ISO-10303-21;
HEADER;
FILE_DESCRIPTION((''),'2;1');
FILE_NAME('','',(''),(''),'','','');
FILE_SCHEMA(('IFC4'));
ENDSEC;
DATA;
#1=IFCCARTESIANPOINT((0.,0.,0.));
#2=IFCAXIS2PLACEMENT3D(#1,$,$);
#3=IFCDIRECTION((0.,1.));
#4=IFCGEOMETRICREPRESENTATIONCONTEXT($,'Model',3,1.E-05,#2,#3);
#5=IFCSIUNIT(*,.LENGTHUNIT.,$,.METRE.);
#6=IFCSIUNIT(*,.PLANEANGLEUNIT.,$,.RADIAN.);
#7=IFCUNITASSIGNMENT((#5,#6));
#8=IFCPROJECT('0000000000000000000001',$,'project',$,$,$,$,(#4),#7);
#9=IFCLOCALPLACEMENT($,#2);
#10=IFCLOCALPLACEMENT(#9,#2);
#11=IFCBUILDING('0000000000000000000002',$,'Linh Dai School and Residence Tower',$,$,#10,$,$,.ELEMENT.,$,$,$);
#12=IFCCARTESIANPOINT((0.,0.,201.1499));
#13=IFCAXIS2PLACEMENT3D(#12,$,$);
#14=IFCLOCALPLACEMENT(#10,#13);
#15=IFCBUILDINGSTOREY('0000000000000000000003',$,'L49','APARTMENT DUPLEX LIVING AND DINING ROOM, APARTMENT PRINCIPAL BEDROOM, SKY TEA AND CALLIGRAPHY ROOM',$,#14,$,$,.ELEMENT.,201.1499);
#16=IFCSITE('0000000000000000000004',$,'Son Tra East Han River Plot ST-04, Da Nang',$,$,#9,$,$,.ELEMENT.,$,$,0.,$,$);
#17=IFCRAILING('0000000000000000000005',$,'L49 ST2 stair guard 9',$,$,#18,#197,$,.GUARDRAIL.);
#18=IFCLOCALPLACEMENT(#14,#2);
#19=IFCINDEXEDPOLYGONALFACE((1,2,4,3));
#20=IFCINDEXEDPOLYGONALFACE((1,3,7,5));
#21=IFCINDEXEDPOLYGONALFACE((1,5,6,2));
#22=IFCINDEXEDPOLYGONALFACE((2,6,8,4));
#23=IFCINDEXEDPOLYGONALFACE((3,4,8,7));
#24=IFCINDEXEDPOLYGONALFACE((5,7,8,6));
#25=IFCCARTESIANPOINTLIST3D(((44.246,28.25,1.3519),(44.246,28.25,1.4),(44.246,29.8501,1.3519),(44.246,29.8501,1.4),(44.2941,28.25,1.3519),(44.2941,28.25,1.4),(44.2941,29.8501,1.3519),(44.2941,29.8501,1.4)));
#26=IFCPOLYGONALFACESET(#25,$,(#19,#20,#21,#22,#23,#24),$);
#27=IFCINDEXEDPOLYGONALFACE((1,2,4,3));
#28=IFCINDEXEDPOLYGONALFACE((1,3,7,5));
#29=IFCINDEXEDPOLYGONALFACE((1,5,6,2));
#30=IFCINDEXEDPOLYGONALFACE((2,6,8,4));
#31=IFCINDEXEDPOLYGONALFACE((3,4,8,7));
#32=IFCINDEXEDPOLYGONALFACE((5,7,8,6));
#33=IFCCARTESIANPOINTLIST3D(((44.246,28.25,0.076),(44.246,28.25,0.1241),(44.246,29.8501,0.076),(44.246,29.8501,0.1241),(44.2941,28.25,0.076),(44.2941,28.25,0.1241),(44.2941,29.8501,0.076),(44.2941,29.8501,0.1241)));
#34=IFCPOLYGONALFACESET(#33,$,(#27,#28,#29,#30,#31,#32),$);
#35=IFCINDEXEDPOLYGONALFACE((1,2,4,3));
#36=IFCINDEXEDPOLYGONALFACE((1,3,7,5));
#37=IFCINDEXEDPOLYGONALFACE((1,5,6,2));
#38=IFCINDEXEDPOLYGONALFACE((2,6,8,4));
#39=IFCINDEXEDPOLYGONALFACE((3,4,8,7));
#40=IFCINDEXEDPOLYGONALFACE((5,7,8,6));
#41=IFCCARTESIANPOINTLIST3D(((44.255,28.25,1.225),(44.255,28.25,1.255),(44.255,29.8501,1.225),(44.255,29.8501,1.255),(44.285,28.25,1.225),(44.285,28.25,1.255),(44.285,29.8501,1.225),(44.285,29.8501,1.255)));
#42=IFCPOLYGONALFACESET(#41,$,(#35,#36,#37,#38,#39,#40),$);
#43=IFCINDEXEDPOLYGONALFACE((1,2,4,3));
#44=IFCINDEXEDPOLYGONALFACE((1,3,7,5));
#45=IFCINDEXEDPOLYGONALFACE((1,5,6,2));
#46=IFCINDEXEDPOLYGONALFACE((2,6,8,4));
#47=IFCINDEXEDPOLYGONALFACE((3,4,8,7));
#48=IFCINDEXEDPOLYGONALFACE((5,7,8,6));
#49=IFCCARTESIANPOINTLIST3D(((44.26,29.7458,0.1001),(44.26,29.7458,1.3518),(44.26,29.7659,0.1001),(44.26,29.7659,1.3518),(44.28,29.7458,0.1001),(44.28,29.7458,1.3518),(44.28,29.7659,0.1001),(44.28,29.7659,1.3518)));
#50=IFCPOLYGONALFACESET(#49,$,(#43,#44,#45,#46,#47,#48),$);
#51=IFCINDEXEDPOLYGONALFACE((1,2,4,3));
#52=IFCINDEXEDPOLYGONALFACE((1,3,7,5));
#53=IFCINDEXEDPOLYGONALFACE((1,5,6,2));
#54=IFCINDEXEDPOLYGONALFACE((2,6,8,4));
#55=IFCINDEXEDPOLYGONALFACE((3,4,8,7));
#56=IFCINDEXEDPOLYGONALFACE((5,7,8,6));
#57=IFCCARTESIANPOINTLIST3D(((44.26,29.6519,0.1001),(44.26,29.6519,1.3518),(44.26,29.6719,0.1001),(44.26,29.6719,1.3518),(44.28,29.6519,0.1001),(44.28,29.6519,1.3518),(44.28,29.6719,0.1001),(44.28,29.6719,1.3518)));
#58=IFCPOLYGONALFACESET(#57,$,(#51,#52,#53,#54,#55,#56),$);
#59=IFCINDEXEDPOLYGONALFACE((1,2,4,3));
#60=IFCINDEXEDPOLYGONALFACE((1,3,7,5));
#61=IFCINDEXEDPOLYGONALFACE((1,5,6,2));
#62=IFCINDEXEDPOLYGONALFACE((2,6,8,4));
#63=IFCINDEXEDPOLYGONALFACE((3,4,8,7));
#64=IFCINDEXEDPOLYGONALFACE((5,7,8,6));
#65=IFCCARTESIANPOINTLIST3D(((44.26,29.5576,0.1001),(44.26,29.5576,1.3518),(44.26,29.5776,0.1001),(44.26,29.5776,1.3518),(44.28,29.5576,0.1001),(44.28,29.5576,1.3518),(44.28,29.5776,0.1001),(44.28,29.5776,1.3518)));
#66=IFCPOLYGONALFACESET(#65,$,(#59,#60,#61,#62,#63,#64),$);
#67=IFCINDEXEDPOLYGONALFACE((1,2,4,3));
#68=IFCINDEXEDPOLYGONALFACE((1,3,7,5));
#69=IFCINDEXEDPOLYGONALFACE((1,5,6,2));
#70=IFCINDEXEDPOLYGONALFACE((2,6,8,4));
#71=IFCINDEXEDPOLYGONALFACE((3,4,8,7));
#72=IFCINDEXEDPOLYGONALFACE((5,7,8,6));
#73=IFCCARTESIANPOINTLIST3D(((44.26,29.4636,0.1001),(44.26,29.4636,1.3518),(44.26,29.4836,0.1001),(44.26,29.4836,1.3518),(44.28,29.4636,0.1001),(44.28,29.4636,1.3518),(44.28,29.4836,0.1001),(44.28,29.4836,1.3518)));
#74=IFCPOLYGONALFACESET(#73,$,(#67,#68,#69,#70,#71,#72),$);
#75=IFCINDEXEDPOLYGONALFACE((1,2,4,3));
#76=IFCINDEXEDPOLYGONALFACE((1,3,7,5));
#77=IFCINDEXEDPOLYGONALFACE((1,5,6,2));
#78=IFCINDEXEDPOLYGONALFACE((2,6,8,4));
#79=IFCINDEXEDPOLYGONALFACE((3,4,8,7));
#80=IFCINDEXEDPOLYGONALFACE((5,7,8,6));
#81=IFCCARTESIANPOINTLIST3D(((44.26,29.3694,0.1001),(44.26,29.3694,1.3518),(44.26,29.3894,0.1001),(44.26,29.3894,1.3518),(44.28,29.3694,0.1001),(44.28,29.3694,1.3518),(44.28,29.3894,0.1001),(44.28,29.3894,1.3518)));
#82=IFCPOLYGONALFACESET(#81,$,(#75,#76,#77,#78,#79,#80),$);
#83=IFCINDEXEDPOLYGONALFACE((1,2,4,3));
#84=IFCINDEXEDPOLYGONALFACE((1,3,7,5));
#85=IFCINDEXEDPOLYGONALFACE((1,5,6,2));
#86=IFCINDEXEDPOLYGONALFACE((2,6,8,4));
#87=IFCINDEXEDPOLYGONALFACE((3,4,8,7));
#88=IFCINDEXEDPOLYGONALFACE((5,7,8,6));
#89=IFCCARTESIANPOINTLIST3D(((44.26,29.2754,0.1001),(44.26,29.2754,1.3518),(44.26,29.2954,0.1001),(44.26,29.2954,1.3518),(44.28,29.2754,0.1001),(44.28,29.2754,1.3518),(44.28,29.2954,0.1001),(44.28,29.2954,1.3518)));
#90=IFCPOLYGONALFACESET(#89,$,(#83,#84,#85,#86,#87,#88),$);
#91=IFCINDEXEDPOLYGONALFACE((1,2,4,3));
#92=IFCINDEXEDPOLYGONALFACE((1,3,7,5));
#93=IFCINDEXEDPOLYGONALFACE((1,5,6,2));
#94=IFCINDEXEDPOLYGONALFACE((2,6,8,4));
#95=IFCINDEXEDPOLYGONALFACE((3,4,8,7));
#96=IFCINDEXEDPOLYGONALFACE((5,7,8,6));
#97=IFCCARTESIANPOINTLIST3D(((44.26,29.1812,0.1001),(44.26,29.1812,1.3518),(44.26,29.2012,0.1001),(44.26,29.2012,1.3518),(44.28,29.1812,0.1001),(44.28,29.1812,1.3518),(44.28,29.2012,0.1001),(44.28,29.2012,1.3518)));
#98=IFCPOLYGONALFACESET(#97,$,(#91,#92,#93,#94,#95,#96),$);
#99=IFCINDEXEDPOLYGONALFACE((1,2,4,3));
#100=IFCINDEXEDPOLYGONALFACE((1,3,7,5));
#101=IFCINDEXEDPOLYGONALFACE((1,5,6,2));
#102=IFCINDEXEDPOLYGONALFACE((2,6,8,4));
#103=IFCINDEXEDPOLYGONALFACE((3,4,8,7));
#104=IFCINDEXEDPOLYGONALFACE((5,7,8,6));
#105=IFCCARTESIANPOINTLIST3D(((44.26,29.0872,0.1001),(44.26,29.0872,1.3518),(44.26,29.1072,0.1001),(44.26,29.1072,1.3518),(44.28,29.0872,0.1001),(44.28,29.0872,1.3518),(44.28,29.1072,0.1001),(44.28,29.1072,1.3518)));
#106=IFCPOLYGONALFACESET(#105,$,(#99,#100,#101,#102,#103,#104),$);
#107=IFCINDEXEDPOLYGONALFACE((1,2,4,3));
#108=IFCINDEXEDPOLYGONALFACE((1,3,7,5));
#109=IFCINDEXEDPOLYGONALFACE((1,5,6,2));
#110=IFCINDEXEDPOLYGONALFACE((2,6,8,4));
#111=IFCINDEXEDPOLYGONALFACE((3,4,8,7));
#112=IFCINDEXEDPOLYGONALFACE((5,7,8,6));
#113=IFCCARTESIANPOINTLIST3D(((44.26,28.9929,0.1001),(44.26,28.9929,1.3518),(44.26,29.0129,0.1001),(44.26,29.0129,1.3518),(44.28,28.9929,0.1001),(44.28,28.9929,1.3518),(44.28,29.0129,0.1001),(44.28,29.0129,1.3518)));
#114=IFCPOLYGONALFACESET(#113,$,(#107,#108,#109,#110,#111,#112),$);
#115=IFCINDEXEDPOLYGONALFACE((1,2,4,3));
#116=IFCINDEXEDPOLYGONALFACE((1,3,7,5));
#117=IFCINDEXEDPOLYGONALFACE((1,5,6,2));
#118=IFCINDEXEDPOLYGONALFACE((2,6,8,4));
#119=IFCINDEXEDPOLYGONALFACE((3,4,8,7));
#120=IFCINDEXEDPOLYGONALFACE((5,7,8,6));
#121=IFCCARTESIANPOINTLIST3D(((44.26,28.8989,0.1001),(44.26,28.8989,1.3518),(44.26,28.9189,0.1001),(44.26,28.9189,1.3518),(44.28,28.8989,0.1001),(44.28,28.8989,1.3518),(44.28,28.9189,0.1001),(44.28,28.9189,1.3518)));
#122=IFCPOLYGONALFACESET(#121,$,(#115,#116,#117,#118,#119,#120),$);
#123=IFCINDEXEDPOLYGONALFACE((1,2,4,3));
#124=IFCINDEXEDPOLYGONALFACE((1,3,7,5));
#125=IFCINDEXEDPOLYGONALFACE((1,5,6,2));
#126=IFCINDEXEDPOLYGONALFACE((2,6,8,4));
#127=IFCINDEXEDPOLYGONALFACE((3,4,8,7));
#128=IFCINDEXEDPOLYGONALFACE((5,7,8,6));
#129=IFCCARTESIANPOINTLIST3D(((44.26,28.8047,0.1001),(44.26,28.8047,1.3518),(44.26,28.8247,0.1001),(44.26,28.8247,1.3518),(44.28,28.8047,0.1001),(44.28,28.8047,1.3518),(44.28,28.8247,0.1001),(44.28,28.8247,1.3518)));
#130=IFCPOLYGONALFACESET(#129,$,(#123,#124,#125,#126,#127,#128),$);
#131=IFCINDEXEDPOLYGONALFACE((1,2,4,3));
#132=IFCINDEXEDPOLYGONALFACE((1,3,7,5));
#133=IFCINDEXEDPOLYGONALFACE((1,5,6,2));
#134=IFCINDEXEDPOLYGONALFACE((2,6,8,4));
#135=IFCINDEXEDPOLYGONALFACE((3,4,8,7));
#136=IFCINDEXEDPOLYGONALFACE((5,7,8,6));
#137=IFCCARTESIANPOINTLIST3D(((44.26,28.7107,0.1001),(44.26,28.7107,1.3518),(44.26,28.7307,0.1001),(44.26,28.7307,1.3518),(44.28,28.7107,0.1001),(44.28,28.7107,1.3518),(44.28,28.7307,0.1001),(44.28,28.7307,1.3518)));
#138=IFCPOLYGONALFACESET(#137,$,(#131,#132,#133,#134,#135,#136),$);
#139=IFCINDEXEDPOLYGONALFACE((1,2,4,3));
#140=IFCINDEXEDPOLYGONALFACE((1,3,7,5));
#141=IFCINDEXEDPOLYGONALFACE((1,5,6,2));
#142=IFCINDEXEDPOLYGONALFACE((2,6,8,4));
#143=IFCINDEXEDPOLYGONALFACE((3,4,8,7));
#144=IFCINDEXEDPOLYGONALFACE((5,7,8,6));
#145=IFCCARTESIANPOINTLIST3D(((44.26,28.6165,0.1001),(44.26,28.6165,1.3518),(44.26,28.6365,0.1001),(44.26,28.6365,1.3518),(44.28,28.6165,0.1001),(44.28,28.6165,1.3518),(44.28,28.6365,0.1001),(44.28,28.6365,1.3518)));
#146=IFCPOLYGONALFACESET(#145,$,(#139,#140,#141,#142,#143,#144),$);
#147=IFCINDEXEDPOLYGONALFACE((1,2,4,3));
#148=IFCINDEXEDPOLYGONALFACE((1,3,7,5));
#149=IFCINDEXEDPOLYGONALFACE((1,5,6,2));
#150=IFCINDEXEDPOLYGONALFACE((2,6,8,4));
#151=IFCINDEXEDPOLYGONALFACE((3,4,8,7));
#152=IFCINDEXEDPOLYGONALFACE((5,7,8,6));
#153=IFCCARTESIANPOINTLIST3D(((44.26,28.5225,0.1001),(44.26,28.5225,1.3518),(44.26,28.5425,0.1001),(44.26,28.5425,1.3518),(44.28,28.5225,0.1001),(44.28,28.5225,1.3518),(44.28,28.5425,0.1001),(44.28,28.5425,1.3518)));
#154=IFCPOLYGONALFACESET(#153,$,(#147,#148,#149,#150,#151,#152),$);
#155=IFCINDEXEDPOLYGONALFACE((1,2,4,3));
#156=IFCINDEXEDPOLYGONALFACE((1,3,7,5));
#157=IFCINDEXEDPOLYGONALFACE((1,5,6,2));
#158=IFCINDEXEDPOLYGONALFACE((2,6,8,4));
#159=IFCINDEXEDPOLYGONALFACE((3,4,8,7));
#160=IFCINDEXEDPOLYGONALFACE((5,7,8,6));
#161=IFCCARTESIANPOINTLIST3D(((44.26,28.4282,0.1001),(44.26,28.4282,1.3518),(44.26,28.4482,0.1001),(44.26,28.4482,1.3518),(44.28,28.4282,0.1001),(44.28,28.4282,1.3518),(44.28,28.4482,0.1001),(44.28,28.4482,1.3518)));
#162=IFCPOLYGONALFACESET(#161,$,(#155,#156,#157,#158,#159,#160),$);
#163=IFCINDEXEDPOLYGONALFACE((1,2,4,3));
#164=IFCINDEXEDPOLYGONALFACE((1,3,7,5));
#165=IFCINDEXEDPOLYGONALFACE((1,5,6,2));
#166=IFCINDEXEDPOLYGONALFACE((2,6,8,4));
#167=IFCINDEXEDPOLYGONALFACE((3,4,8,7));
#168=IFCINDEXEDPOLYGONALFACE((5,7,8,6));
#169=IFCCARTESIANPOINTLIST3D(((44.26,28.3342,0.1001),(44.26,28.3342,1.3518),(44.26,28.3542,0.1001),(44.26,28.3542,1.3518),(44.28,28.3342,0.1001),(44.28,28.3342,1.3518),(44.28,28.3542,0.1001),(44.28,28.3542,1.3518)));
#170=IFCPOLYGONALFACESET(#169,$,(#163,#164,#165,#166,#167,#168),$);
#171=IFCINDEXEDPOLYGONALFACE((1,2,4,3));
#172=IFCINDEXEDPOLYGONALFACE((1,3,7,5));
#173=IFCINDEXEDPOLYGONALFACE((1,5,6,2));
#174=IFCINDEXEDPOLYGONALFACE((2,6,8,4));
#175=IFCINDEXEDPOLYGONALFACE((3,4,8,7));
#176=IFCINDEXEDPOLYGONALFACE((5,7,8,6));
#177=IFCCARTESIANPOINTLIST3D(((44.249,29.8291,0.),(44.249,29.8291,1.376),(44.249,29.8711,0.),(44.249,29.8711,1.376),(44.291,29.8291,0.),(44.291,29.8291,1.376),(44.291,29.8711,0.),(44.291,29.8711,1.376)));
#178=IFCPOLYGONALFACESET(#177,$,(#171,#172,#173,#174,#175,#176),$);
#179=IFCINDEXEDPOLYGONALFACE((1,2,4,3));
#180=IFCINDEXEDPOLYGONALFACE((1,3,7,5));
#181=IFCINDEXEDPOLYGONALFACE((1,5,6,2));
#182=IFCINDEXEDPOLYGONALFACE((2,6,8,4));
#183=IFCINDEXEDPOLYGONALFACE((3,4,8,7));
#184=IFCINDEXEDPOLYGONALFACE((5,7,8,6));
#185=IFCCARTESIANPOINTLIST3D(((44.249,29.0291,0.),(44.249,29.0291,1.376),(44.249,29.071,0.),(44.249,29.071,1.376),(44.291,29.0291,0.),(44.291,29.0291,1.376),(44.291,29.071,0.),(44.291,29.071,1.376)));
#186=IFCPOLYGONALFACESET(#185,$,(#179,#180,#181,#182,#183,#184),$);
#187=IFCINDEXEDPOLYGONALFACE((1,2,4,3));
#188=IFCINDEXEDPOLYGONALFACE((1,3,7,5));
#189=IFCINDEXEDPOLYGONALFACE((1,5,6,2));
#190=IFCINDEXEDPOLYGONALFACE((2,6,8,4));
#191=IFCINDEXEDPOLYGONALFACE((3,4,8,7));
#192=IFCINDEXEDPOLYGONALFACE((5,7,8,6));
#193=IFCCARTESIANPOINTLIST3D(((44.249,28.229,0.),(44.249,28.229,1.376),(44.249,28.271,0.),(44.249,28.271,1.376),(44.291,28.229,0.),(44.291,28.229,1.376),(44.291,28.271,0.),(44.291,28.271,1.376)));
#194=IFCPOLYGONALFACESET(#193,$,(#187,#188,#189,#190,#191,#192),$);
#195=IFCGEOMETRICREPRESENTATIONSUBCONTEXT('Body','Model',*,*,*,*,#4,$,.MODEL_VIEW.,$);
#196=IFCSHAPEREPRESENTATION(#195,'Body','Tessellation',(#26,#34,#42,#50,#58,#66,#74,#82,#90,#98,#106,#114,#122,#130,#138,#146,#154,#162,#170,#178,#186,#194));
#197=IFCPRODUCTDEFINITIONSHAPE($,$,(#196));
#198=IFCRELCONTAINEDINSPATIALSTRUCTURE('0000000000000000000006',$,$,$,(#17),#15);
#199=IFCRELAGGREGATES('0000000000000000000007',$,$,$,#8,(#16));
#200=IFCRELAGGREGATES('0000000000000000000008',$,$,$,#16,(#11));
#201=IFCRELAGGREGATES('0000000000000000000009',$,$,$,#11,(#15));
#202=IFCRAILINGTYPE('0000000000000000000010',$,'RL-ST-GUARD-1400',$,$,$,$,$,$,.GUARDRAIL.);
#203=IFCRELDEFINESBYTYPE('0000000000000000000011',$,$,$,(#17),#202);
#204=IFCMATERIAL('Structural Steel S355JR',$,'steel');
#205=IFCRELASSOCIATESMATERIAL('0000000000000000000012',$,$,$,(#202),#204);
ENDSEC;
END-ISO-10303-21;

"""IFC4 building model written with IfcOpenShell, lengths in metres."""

from ifc_helpers import new_model, si_unit, direction, frame, origin, origin_2d, place, context, subcontext, project, spatial, rectangle, extrude, source, transform, mapped, material, type_object, element, save


model = new_model("IFC4")

# Units and contexts
model_context = context("Model", 3, precision=1e-05, world=origin(), true_north=direction((0.0, 1.0)))
body_context = subcontext(model_context, "Body", "Model", "MODEL_VIEW")
ifc_project = project(units=[si_unit("LENGTHUNIT", "METRE"), si_unit("PLANEANGLEUNIT", "RADIAN")], contexts=[model_context])

# Site, building, storey
site_placement = place(None, origin())
site = spatial("IfcSite", under=ifc_project, at=site_placement, Name="Son Tra East Han River Plot ST-04, Da Nang", CompositionType="ELEMENT", RefElevation=0.0)
building_placement = place(site_placement, origin())
building = spatial("IfcBuilding", under=site, at=building_placement, Name="Linh Dai School and Residence Tower", CompositionType="ELEMENT")
storey_placement = place(building_placement, frame((0.0, 0.0, 201.1499)))
storey = spatial("IfcBuildingStorey", under=building, at=storey_placement, Name="L49", Description="APARTMENT DUPLEX LIVING AND DINING ROOM, APARTMENT PRINCIPAL BEDROOM, SKY TEA AND CALLIGRAPHY ROOM", CompositionType="ELEMENT", Elevation=201.1499)

# Shared definitions
ifc_material_1 = material(Name="Structural Steel S355JR", Category="steel")

# Railing
railing_type_1 = type_object("IfcRailingType", Name="RL-ST-GUARD-1400", PredefinedType="GUARDRAIL", material=ifc_material_1)
shared_shape_1 = source(origin(), body_context, "Body", "SweptSolid", [
    extrude(rectangle(XDim=0.0481, YDim=0.0481, at=origin_2d()), frame((0.0, 0.0, 1.376), z_axis=(0.0, -1.0, 0.0), x_axis=(1.0, 0.0, 0.0)), (0.0, 0.0, 1.0), 1.6001),
    extrude(rectangle(XDim=0.0481, YDim=0.0481, at=origin_2d()), frame((0.0, 0.0, 0.1001), z_axis=(0.0, -1.0, 0.0), x_axis=(1.0, 0.0, 0.0)), (0.0, 0.0, 1.0), 1.6001),
    extrude(rectangle(XDim=0.03, YDim=0.03, at=origin_2d()), frame((0.0, 0.0, 1.24), z_axis=(0.0, -1.0, 0.0), x_axis=(1.0, 0.0, 0.0)), (0.0, 0.0, 1.0), 1.6001),
    extrude(rectangle(XDim=0.02, YDim=0.02, at=origin_2d()), frame((0.0, -0.0942, 0.1001)), (0.0, 0.0, 1.0), 1.2517),
    extrude(rectangle(XDim=0.02, YDim=0.02, at=origin_2d()), frame((0.0, -0.1882, 0.1001)), (0.0, 0.0, 1.0), 1.2517),
    extrude(rectangle(XDim=0.02, YDim=0.02, at=origin_2d()), frame((0.0, -0.2825, 0.1001)), (0.0, 0.0, 1.0), 1.2517),
    extrude(rectangle(XDim=0.02, YDim=0.02, at=origin_2d()), frame((0.0, -0.3765, 0.1001)), (0.0, 0.0, 1.0), 1.2517),
    extrude(rectangle(XDim=0.02, YDim=0.02, at=origin_2d()), frame((0.0, -0.4707, 0.1001)), (0.0, 0.0, 1.0), 1.2517),
    extrude(rectangle(XDim=0.02, YDim=0.02, at=origin_2d()), frame((0.0, -0.5647, 0.1001)), (0.0, 0.0, 1.0), 1.2517),
    extrude(rectangle(XDim=0.02, YDim=0.02, at=origin_2d()), frame((0.0, -0.6589, 0.1001)), (0.0, 0.0, 1.0), 1.2517),
    extrude(rectangle(XDim=0.02, YDim=0.02, at=origin_2d()), frame((0.0, -0.7529, 0.1001)), (0.0, 0.0, 1.0), 1.2517),
    extrude(rectangle(XDim=0.02, YDim=0.02, at=origin_2d()), frame((0.0, -0.8472, 0.1001)), (0.0, 0.0, 1.0), 1.2517),
    extrude(rectangle(XDim=0.02, YDim=0.02, at=origin_2d()), frame((0.0, -0.9412, 0.1001)), (0.0, 0.0, 1.0), 1.2517),
    extrude(rectangle(XDim=0.02, YDim=0.02, at=origin_2d()), frame((0.0, -1.0354, 0.1001)), (0.0, 0.0, 1.0), 1.2517),
    extrude(rectangle(XDim=0.02, YDim=0.02, at=origin_2d()), frame((0.0, -1.1294, 0.1001)), (0.0, 0.0, 1.0), 1.2517),
    extrude(rectangle(XDim=0.02, YDim=0.02, at=origin_2d()), frame((0.0, -1.2236, 0.1001)), (0.0, 0.0, 1.0), 1.2517),
    extrude(rectangle(XDim=0.02, YDim=0.02, at=origin_2d()), frame((0.0, -1.3176, 0.1001)), (0.0, 0.0, 1.0), 1.2517),
    extrude(rectangle(XDim=0.02, YDim=0.02, at=origin_2d()), frame((0.0, -1.4119, 0.1001)), (0.0, 0.0, 1.0), 1.2517),
    extrude(rectangle(XDim=0.02, YDim=0.02, at=origin_2d()), frame((0.0, -1.5059, 0.1001)), (0.0, 0.0, 1.0), 1.2517),
    extrude(rectangle(XDim=0.042, YDim=0.042, at=origin_2d()), origin(), (0.0, 0.0, 1.0), 1.376),
    extrude(rectangle(XDim=0.042, YDim=0.042, at=origin_2d()), frame((0.0, -0.8, 0.0)), (0.0, 0.0, 1.0), 1.376),
    extrude(rectangle(XDim=0.042, YDim=0.042, at=origin_2d()), frame((0.0, -1.6001, 0.0)), (0.0, 0.0, 1.0), 1.376),
])
for number, where, name in (
    (1, (44.27, 29.8501, 0.0), "L49 ST2 stair guard 9"),
):
    element("IfcRailing", number, at=place(storey_placement, frame(where)), inside=storey, type_object=railing_type_1, Name=name, PredefinedType="GUARDRAIL", context=body_context, shape_type="MappedRepresentation", body=[
        mapped(shared_shape_1, transform((0.0, 0.0, 0.0), x_axis=(1.0, 0.0, 0.0), y_axis=(0.0, 1.0, 0.0), z_axis=(0.0, 0.0, 1.0), scale=1.0)),
    ])

save(model, "model.ifc")
